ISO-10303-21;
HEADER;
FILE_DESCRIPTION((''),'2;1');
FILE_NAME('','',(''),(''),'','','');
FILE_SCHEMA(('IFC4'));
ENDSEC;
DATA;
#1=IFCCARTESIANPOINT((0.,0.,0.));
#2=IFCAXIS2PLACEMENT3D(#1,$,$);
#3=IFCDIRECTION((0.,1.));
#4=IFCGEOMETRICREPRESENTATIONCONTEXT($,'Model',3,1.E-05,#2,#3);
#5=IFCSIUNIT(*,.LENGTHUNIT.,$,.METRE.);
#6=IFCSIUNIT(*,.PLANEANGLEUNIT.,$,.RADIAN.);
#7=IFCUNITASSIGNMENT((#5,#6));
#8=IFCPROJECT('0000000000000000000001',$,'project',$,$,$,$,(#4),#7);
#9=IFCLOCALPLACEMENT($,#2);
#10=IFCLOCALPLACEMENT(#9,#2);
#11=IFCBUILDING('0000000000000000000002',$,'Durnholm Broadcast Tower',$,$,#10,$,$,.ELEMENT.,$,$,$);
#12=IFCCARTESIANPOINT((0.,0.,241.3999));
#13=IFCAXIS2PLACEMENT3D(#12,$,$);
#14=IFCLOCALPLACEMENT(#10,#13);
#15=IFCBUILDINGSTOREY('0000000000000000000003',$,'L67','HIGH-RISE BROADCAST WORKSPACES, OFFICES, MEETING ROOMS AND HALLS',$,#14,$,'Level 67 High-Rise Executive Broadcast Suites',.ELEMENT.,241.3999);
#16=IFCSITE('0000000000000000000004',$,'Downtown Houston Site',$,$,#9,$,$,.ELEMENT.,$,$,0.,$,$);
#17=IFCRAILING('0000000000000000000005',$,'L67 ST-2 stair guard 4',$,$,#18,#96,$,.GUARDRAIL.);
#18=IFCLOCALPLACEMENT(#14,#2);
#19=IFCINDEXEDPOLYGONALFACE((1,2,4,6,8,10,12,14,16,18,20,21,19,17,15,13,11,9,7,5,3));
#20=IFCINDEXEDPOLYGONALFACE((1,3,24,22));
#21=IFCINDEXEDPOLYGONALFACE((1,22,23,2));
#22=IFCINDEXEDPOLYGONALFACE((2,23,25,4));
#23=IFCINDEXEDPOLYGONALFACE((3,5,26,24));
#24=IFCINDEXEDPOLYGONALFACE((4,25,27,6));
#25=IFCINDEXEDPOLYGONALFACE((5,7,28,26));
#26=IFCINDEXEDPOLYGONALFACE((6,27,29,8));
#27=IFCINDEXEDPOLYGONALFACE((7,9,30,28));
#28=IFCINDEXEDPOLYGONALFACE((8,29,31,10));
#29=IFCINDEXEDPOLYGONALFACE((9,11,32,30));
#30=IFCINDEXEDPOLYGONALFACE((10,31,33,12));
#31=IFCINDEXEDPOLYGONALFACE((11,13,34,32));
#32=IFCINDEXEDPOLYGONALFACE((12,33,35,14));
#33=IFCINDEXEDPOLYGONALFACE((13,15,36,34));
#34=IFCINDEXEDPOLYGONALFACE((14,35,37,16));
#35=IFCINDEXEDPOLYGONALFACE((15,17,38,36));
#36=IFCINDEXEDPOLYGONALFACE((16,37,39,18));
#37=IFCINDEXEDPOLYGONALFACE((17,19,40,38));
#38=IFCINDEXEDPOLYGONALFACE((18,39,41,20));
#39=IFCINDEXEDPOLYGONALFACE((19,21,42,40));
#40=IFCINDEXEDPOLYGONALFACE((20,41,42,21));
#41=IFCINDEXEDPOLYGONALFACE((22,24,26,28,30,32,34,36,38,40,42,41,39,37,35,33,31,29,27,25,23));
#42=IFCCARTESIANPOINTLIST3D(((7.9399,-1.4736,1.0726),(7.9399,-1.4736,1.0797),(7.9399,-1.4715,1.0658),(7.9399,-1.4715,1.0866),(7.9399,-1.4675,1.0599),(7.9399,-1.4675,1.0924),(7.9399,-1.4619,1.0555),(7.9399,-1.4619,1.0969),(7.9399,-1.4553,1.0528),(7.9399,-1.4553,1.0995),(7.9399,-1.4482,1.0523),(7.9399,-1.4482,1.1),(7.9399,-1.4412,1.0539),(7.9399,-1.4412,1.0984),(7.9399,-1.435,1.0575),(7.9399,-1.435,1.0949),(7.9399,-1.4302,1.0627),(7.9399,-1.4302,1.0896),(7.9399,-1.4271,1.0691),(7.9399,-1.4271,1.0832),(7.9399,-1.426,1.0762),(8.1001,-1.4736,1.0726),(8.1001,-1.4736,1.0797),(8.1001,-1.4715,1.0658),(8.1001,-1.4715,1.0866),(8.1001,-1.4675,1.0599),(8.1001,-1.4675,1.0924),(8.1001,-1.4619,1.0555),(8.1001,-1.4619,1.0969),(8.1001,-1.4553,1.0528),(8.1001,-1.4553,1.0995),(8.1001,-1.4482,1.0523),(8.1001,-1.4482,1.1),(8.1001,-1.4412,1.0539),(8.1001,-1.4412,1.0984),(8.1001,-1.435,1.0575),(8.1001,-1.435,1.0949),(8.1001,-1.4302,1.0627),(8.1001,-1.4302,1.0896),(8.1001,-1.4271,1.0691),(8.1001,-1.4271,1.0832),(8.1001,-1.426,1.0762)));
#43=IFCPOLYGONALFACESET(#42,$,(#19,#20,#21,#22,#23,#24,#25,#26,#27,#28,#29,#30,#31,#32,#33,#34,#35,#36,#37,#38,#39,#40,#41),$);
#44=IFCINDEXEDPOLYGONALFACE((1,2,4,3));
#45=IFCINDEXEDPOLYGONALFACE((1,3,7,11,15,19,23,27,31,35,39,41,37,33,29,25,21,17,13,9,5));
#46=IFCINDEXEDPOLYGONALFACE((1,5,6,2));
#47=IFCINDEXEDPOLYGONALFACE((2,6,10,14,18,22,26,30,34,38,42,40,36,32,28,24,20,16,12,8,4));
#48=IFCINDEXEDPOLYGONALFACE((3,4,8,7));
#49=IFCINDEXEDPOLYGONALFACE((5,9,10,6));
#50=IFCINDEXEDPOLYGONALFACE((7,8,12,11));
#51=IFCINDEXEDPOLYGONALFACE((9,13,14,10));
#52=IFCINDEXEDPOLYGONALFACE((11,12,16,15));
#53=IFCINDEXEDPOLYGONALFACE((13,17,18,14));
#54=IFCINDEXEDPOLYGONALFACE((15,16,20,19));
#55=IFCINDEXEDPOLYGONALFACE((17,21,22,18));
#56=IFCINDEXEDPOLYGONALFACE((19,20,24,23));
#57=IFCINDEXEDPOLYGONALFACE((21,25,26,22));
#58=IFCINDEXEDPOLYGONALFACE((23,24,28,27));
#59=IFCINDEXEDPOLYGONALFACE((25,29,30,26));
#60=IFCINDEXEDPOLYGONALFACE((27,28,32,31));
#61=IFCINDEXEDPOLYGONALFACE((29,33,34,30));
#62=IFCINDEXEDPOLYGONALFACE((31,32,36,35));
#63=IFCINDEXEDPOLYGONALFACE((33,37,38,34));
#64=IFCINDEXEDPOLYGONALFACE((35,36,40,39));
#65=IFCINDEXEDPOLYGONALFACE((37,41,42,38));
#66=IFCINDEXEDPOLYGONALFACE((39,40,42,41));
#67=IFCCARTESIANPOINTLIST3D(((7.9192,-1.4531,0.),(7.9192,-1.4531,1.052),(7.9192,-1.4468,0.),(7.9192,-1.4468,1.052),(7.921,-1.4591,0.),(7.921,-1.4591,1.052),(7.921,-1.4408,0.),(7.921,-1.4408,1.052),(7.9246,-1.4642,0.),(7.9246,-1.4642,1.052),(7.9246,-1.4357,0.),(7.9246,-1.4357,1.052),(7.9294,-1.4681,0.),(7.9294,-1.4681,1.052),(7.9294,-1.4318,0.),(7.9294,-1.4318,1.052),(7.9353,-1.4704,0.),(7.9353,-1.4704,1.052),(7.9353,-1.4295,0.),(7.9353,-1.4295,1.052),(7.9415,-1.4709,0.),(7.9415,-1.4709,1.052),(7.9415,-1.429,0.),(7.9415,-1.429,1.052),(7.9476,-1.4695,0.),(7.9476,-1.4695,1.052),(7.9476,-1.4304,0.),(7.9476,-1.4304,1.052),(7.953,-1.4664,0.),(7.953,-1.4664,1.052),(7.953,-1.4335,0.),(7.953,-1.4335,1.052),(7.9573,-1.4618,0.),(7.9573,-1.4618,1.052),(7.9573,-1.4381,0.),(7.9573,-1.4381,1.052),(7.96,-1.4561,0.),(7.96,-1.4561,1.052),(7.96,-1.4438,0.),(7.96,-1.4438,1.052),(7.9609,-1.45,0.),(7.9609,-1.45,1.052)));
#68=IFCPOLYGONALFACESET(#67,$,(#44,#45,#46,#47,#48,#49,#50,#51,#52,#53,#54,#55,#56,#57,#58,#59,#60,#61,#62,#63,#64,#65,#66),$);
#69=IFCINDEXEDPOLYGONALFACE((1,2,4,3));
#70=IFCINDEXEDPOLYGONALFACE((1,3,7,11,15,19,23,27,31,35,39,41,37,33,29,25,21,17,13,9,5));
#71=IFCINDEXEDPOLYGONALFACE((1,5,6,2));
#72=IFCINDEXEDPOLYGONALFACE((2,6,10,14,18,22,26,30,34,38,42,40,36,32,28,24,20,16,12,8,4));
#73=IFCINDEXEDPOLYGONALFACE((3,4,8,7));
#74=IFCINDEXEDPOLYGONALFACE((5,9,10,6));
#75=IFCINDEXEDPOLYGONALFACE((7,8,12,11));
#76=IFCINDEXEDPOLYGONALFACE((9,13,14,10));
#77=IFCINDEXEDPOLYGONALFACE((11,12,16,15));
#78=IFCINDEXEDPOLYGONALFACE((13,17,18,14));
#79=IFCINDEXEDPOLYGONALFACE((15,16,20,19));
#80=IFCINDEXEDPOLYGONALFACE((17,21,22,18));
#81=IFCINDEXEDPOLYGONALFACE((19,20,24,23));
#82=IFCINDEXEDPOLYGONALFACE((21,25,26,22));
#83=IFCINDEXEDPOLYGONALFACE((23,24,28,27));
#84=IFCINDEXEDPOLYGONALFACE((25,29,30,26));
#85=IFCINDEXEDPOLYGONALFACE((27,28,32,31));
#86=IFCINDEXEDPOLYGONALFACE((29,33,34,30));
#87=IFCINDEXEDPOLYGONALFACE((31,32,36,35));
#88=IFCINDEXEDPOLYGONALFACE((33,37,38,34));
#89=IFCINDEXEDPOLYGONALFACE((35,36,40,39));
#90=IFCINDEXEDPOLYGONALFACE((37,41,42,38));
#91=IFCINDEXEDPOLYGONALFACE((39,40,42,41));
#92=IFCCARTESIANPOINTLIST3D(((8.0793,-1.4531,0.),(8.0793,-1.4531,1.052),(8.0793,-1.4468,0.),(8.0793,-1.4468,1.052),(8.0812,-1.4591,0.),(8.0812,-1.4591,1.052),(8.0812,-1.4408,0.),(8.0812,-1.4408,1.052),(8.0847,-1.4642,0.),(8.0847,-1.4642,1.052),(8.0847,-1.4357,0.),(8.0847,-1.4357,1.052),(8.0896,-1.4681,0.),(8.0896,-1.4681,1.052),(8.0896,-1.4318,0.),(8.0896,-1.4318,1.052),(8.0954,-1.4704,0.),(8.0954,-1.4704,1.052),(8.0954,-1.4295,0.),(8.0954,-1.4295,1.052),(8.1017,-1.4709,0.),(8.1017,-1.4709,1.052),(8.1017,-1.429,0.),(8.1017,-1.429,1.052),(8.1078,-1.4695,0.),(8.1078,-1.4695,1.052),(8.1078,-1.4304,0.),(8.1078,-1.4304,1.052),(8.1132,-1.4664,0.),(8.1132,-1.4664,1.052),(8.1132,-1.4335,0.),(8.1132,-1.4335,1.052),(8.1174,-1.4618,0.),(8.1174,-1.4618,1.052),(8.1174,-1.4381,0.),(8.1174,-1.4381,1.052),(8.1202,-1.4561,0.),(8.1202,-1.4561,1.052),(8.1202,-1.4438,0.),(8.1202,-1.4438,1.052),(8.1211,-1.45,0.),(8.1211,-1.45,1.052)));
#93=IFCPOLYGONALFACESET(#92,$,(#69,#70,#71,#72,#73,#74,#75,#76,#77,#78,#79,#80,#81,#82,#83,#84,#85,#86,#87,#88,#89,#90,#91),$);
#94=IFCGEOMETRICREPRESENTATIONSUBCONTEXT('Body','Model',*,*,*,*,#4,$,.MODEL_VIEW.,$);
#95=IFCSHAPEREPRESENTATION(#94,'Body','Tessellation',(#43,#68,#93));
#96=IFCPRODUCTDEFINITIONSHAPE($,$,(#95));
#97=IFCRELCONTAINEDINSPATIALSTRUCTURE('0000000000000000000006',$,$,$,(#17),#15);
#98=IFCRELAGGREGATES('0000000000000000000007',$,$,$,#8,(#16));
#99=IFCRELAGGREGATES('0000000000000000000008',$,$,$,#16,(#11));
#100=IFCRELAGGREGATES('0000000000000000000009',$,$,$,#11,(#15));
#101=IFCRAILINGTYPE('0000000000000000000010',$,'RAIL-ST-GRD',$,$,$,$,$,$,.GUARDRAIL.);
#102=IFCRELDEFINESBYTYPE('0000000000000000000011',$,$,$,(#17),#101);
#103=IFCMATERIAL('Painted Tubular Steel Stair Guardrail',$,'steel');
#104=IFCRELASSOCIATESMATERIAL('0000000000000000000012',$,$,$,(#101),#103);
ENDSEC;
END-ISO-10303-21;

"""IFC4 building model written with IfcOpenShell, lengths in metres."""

from ifc_helpers import new_model, si_unit, direction, frame, origin, origin_2d, place, context, subcontext, project, spatial, circle, extrude, material, type_object, element, save


model = new_model("IFC4")

# Units and contexts
model_context = context("Model", 3, precision=1e-05, world=origin(), true_north=direction((0.0, 1.0)))
body_context = subcontext(model_context, "Body", "Model", "MODEL_VIEW")
ifc_project = project(units=[si_unit("LENGTHUNIT", "METRE"), si_unit("PLANEANGLEUNIT", "RADIAN")], contexts=[model_context])

# Site, building, storey
site_placement = place(None, origin())
site = spatial("IfcSite", under=ifc_project, at=site_placement, Name="Downtown Houston Site", CompositionType="ELEMENT", RefElevation=0.0)
building_placement = place(site_placement, origin())
building = spatial("IfcBuilding", under=site, at=building_placement, Name="Durnholm Broadcast Tower", CompositionType="ELEMENT")
storey_placement = place(building_placement, frame((0.0, 0.0, 241.3999)))
storey = spatial("IfcBuildingStorey", under=building, at=storey_placement, Name="L67", Description="HIGH-RISE BROADCAST WORKSPACES, OFFICES, MEETING ROOMS AND HALLS", LongName="Level 67 High-Rise Executive Broadcast Suites", CompositionType="ELEMENT", Elevation=241.3999)

# Railing
ifc_material_1 = material(Name="Painted Tubular Steel Stair Guardrail", Category="steel")
railing_type_1 = type_object("IfcRailingType", Name="RAIL-ST-GRD", PredefinedType="GUARDRAIL", material=ifc_material_1)
railing_1_placement = place(storey_placement, frame((7.9399, -1.45, 0.0)))
element("IfcRailing", 1, at=railing_1_placement, inside=storey, type_object=railing_type_1, Name="L67 ST-2 stair guard 4", PredefinedType="GUARDRAIL", context=body_context, shape_type="SweptSolid", body=[
    extrude(circle(Radius=0.0239, at=origin_2d()), frame((0.0, 0.0, 1.0762), z_axis=(1.0, 0.0, 0.0), x_axis=(0.0, 1.0, 0.0)), (0.0, 0.0, 1.0), 0.1602),
    extrude(circle(Radius=0.021, at=origin_2d()), origin(), (0.0, 0.0, 1.0), 1.052),
    extrude(circle(Radius=0.021, at=origin_2d()), frame((0.1602, 0.0, 0.0)), (0.0, 0.0, 1.0), 1.052),
])

save(model, "model.ifc")
